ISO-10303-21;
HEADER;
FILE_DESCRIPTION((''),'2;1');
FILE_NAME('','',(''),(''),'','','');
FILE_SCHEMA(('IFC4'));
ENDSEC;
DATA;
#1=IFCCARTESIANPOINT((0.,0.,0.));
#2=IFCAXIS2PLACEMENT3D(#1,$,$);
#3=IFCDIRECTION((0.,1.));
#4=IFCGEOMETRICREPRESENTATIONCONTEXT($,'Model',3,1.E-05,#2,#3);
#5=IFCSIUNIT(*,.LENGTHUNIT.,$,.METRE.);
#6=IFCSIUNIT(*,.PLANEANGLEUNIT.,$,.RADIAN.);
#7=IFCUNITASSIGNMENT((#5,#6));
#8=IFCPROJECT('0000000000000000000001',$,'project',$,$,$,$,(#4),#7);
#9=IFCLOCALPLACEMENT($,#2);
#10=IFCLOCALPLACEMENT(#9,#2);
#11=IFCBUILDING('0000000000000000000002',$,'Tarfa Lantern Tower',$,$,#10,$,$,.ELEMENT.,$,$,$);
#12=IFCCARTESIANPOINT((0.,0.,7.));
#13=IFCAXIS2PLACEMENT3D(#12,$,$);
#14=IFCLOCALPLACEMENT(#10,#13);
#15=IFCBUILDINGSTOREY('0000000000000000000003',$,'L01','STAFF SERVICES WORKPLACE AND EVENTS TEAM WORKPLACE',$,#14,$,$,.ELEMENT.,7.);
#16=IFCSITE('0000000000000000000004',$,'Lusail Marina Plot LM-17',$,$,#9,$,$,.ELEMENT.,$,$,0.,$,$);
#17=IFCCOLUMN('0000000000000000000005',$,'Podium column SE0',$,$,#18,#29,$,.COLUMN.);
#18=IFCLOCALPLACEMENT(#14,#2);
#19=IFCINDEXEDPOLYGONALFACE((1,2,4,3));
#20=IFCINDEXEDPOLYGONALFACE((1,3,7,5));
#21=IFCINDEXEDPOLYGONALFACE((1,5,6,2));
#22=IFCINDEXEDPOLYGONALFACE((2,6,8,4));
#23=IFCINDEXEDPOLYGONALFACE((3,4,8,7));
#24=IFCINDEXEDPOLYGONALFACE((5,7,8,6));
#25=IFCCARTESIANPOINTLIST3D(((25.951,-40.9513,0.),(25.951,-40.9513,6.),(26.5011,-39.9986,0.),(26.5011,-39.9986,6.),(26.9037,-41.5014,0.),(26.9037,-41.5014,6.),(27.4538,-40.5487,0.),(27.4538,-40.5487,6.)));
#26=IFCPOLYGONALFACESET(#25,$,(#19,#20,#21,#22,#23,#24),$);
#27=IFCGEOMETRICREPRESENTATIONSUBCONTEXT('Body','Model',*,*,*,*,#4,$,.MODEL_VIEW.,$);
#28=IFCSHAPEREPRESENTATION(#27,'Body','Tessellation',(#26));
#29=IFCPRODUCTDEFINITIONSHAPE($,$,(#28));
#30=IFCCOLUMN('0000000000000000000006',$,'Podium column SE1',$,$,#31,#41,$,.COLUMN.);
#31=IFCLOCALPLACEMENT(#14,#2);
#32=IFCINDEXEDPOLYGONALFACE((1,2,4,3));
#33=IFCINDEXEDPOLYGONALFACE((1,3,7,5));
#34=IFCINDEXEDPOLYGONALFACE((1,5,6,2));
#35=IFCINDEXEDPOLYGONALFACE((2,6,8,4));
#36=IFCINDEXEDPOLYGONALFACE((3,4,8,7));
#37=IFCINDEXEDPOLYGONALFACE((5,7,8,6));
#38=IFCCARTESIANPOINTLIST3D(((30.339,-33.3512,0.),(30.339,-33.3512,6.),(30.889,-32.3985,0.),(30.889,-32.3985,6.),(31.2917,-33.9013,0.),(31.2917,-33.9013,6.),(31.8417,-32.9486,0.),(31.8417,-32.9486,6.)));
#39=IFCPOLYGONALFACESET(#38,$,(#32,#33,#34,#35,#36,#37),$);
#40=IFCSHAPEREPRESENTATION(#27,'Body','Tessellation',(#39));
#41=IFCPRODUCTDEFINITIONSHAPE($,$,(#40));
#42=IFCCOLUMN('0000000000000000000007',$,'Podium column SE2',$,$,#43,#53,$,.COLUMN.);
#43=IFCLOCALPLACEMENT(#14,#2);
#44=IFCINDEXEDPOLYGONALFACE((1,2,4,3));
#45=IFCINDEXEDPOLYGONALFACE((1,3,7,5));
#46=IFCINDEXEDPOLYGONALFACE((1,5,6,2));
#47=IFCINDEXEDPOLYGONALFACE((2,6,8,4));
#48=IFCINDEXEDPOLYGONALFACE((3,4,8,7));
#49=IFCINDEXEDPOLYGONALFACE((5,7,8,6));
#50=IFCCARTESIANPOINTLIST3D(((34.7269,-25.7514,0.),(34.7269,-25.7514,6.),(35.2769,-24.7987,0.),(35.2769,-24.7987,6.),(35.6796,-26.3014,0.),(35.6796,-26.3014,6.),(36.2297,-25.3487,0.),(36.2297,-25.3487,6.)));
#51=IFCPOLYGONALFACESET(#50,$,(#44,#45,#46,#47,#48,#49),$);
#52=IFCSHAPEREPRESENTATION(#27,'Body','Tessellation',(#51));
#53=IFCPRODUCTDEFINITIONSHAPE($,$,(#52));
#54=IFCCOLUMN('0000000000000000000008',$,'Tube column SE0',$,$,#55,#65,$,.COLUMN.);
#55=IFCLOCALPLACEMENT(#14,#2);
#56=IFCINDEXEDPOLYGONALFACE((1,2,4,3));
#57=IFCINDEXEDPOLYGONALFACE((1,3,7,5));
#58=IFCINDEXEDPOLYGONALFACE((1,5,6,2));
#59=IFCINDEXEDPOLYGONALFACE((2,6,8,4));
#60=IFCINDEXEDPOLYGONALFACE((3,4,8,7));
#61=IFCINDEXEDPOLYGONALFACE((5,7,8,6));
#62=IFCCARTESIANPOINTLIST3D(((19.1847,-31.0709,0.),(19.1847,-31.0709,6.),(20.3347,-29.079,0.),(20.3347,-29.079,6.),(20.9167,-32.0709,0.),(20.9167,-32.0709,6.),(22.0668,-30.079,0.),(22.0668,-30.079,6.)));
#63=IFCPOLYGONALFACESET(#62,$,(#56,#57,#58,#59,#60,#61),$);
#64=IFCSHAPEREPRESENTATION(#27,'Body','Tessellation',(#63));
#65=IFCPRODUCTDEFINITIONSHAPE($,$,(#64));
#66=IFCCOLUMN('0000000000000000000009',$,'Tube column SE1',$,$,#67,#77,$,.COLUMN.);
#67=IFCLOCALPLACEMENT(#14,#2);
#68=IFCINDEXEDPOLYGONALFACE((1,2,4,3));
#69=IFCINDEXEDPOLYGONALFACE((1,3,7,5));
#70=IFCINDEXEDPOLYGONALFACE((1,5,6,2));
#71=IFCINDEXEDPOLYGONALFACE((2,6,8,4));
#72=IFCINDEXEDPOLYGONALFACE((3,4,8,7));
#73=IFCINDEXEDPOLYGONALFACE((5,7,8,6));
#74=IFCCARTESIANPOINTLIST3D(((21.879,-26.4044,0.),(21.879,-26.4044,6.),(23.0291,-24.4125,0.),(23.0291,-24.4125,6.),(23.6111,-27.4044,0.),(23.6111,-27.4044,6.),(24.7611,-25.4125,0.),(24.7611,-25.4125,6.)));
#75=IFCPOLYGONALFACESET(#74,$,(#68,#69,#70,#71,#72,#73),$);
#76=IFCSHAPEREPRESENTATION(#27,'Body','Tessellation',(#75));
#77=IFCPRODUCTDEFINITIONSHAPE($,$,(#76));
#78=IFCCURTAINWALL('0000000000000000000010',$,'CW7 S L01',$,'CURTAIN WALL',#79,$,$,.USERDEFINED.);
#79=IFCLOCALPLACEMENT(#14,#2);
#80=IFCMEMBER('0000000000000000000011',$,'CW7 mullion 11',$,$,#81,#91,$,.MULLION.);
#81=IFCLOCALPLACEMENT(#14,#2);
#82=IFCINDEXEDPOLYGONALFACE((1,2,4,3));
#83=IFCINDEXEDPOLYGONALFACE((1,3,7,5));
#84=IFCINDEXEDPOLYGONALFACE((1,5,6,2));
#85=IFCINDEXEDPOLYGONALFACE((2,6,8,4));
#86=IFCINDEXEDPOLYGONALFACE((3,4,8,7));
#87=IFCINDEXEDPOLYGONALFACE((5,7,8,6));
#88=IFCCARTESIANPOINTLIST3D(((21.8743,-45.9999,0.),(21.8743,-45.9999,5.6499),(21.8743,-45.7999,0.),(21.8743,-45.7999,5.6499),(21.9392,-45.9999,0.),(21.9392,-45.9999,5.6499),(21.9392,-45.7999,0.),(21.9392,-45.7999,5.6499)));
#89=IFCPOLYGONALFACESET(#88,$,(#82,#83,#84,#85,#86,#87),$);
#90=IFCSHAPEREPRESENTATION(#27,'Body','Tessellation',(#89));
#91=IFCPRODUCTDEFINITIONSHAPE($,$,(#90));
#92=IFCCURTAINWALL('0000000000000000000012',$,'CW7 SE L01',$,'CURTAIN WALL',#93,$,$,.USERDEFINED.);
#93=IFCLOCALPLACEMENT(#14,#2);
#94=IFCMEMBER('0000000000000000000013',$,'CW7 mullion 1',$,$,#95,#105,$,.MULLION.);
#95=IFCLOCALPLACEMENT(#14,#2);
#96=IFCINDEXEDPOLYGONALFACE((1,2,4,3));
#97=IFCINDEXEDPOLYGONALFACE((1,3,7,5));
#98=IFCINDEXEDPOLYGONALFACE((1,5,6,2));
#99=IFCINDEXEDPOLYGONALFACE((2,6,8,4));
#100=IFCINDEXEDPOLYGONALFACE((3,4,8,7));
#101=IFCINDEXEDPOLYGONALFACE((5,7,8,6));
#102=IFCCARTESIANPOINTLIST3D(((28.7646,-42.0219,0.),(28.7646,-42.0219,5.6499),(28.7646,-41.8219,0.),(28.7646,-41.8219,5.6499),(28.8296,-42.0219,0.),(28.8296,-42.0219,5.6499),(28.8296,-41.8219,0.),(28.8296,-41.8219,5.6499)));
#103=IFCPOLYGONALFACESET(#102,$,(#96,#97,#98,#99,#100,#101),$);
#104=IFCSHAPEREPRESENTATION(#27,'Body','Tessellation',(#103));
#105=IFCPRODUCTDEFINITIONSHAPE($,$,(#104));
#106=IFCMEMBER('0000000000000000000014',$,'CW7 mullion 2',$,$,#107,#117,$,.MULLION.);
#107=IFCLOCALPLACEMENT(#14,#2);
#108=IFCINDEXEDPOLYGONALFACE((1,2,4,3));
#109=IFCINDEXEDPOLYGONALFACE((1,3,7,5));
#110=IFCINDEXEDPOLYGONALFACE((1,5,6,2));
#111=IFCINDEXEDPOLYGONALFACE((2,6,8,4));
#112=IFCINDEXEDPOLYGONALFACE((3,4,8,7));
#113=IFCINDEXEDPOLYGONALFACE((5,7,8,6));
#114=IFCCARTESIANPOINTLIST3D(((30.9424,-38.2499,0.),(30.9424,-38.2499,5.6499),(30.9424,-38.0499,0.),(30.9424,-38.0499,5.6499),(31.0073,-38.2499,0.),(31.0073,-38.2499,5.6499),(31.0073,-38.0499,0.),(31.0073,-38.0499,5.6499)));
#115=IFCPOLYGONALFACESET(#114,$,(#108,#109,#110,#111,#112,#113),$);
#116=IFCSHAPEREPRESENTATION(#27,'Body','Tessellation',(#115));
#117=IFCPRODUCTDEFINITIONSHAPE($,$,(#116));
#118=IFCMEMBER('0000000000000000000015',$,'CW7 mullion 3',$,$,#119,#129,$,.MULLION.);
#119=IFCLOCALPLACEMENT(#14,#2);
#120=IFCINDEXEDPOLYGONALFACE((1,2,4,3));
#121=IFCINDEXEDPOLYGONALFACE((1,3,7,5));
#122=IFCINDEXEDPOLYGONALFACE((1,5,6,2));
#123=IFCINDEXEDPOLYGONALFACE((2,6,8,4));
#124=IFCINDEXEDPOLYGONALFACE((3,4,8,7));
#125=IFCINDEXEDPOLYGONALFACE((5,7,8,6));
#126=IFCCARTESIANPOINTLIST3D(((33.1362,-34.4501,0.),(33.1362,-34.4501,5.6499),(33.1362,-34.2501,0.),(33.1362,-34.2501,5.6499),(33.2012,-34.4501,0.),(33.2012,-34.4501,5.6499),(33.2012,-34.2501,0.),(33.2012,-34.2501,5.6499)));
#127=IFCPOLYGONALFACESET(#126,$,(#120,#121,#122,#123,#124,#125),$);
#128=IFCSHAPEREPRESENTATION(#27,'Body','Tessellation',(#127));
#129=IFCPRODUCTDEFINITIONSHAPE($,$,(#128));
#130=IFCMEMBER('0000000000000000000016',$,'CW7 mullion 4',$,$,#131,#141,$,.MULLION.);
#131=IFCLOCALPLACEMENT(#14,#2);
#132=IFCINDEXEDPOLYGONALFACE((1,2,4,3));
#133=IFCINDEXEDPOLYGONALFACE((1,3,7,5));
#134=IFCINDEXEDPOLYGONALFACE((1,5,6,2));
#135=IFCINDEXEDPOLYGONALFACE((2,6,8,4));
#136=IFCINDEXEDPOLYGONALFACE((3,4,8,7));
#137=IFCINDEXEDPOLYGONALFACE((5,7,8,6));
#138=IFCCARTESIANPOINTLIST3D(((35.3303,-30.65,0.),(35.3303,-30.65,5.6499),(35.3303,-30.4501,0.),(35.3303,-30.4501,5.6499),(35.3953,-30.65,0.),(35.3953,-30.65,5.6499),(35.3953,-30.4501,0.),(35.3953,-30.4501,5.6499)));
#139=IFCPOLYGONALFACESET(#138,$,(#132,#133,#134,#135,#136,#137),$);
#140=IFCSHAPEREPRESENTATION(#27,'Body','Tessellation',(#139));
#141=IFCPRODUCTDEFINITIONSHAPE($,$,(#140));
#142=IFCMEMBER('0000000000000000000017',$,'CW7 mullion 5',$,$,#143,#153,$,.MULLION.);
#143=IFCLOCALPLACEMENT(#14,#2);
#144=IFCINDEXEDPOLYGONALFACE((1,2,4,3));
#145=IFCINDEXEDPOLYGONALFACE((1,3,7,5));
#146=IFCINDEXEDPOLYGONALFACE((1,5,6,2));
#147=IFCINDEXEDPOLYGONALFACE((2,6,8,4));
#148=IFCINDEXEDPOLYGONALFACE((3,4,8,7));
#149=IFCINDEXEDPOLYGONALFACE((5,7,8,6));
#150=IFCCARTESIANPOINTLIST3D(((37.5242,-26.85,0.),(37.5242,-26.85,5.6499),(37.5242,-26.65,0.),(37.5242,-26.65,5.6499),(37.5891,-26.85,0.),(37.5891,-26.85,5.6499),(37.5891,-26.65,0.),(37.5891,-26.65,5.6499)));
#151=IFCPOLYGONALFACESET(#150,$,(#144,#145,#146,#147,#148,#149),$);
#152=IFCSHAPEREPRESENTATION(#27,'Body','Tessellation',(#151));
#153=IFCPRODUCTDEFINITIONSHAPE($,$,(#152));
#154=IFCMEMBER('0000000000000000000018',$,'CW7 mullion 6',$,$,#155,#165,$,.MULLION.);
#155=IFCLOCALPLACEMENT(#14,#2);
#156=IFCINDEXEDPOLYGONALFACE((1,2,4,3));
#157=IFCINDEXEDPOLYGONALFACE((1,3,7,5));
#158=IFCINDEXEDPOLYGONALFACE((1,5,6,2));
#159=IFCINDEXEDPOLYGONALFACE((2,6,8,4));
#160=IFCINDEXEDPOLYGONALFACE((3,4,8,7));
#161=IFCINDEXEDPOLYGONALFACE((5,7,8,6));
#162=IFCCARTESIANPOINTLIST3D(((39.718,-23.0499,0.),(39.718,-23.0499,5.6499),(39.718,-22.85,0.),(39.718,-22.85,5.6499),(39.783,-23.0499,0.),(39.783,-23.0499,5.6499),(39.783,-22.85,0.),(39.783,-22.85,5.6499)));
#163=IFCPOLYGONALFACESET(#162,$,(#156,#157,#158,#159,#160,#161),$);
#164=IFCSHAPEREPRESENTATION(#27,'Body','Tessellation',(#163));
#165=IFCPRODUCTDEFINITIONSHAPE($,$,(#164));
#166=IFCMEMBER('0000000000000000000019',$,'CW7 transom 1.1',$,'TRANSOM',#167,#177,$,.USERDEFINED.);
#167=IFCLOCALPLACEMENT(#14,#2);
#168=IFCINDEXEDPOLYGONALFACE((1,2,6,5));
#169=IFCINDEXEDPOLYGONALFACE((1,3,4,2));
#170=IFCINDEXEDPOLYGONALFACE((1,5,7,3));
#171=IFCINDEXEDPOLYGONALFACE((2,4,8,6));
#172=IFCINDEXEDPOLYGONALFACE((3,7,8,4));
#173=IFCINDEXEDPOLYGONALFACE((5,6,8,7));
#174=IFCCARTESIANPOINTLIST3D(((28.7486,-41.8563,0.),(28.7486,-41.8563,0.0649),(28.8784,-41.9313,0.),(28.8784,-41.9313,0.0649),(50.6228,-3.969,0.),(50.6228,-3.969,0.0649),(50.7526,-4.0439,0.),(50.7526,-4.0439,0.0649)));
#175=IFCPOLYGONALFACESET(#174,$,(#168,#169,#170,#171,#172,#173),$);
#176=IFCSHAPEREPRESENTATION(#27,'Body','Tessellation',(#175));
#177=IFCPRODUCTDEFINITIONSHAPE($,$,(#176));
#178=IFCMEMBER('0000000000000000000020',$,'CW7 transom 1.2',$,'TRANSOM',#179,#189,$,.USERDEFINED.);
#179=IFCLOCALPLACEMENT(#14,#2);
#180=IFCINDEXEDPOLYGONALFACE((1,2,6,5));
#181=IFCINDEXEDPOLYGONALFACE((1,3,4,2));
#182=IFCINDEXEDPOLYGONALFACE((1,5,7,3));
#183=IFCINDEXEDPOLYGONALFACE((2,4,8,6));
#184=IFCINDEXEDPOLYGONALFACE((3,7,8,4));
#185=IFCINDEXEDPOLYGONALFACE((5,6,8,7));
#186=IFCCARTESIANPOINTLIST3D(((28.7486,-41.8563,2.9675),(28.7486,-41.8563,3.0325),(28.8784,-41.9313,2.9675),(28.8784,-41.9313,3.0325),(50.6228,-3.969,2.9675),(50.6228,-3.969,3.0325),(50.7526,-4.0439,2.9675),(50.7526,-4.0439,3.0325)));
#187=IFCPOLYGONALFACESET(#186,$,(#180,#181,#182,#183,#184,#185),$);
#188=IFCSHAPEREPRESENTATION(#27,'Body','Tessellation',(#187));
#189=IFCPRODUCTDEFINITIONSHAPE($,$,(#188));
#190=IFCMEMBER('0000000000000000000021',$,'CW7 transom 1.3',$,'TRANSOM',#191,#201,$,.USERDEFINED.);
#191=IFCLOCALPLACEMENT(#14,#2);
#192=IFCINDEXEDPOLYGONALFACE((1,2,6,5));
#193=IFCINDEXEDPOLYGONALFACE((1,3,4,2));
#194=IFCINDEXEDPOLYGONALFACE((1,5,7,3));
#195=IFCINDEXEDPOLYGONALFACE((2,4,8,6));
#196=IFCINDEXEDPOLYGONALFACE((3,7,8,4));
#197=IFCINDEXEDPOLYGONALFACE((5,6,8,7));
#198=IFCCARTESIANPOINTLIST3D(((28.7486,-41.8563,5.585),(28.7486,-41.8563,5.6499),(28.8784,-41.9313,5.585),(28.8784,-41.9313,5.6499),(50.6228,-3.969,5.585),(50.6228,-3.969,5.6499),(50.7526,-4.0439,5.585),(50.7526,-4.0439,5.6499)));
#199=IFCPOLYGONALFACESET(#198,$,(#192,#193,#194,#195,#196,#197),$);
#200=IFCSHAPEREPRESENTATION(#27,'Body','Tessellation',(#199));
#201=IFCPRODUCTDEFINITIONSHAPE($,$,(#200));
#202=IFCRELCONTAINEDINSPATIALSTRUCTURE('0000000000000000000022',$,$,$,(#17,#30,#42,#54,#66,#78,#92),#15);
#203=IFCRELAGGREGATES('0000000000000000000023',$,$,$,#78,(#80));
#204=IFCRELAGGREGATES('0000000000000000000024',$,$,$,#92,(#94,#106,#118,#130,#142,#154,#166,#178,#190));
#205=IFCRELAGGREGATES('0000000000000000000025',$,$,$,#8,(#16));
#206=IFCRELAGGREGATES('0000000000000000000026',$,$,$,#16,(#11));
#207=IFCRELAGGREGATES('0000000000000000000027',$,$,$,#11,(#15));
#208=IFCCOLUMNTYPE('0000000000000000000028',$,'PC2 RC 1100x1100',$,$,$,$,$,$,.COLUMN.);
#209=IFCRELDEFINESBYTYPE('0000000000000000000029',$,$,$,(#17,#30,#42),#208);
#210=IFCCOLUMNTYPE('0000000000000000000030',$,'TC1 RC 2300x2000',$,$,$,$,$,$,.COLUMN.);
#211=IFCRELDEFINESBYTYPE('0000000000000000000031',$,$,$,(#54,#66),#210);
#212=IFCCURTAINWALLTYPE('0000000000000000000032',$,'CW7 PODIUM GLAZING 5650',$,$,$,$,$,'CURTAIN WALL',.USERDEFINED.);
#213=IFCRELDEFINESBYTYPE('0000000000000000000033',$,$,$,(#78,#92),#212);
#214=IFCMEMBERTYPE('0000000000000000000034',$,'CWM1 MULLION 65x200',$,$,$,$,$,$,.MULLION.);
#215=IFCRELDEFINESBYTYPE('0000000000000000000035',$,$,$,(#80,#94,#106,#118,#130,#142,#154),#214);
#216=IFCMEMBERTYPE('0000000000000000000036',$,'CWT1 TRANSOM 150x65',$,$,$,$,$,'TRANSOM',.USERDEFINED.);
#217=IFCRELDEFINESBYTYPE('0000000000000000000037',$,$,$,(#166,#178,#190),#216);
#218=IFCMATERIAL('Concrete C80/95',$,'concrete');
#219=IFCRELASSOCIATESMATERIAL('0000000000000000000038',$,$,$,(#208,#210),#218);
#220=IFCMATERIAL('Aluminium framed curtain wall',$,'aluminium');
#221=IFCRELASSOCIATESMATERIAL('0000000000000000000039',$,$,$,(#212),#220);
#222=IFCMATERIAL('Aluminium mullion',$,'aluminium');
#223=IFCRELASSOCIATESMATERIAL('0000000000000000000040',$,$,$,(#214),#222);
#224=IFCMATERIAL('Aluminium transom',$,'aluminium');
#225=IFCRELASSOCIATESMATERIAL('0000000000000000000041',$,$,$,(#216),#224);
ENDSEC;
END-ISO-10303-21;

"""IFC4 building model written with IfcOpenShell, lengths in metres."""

from ifc_helpers import new_model, si_unit, direction, frame, origin, origin_2d, place, context, subcontext, project, spatial, rectangle, extrude, material, material_profile, profile_set, type_object, element, aggregate, save


model = new_model("IFC4")

# Units and contexts
model_context = context("Model", 3, precision=1e-05, world=origin(), true_north=direction((0.0, 1.0)))
body_context = subcontext(model_context, "Body", "Model", "MODEL_VIEW")
ifc_project = project(units=[si_unit("LENGTHUNIT", "METRE"), si_unit("PLANEANGLEUNIT", "RADIAN")], contexts=[model_context])

# Site, building, storey
site_placement = place(None, origin())
site = spatial("IfcSite", under=ifc_project, at=site_placement, Name="Lusail Marina Plot LM-17", CompositionType="ELEMENT", RefElevation=0.0)
building_placement = place(site_placement, origin())
building = spatial("IfcBuilding", under=site, at=building_placement, Name="Tarfa Lantern Tower", CompositionType="ELEMENT")
storey_placement = place(building_placement, frame((0.0, 0.0, 7.0)))
storey = spatial("IfcBuildingStorey", under=building, at=storey_placement, Name="L01", Description="STAFF SERVICES WORKPLACE AND EVENTS TEAM WORKPLACE", CompositionType="ELEMENT", Elevation=7.0)

# Columns
ifc_material_1 = material(Name="Concrete C80/95", Category="concrete")
ifc_material_profile_1 = material_profile(ifc_material_1, rectangle(XDim=1.1001, YDim=1.1001, at=origin_2d()), Name="RC 1100x1100")
ifc_profile_set_1 = profile_set([ifc_material_profile_1], Name="Concrete C80/95")
column_type_1 = type_object("IfcColumnType", Name="PC2 RC 1100x1100", PredefinedType="COLUMN", material=ifc_profile_set_1)
for number, where, z_axis, x_axis, name in (
    (1, (26.7024, -40.75, 0.0), (0.0, 0.0, 1.0), (0.5, 0.866025, 0.0), "Podium column SE0"),
    (2, (31.0903, -33.1499, 0.0), (0.0, 0.0, 1.0), (0.5, 0.866025, 0.0), "Podium column SE1"),
    (3, (35.4783, -25.55, 0.0), (0.0, 0.0, 1.0), (0.5, 0.866025, 0.0), "Podium column SE2"),
):
    element("IfcColumn", number, at=place(storey_placement, frame(where, z_axis=z_axis, x_axis=x_axis)), inside=storey, type_object=column_type_1, Name=name, PredefinedType="COLUMN", context=body_context, shape_type="SweptSolid", body=[
        extrude(rectangle(XDim=1.1001, YDim=1.1001, at=origin_2d()), origin(), (0.0, 0.0, 1.0), 6.0),
    ])
ifc_material_profile_2 = material_profile(ifc_material_1, rectangle(XDim=2.3, YDim=2.0, at=origin_2d()), Name="RC 2300x2000")
ifc_profile_set_2 = profile_set([ifc_material_profile_2], Name="Concrete C80/95")
column_type_2 = type_object("IfcColumnType", Name="TC1 RC 2300x2000", PredefinedType="COLUMN", material=ifc_profile_set_2)
for number, where, z_axis, x_axis, name in (
    (4, (20.6257, -30.575, 0.0), (0.0, 0.0, 1.0), (0.5, 0.866025, 0.0), "Tube column SE0"),
    (5, (23.3201, -25.9084, 0.0), (0.0, 0.0, 1.0), (0.5, 0.866025, 0.0), "Tube column SE1"),
):
    element("IfcColumn", number, at=place(storey_placement, frame(where, z_axis=z_axis, x_axis=x_axis)), inside=storey, type_object=column_type_2, Name=name, PredefinedType="COLUMN", context=body_context, shape_type="SweptSolid", body=[
        extrude(rectangle(XDim=2.3, YDim=2.0, at=origin_2d()), origin(), (0.0, 0.0, 1.0), 6.0),
    ])

# Curtain wall, member
ifc_material_2 = material(Name="Aluminium framed curtain wall", Category="aluminium")
curtain_wall_type = type_object("IfcCurtainWallType", Name="CW7 PODIUM GLAZING 5650", ElementType="CURTAIN WALL", PredefinedType="USERDEFINED", material=ifc_material_2)
curtain_wall_1_placement = place(storey_placement, origin())
curtain_wall_1 = element("IfcCurtainWall", 6, at=curtain_wall_1_placement, inside=storey, type_object=curtain_wall_type, Name="CW7 S L01", ObjectType="CURTAIN WALL", PredefinedType="USERDEFINED")
ifc_material_3 = material(Name="Aluminium mullion", Category="aluminium")
ifc_material_profile_3 = material_profile(ifc_material_3, rectangle(XDim=0.0649, YDim=0.2, at=origin_2d()), Name="AL MULLION 65x200")
ifc_profile_set_3 = profile_set([ifc_material_profile_3], Name="Aluminium mullion")
member_type_1 = type_object("IfcMemberType", Name="CWM1 MULLION 65x200", PredefinedType="MULLION", material=ifc_profile_set_3)
member_1_placement = place(storey_placement, frame((21.9067, -45.8999, 0.0), z_axis=(0.0, 0.0, 1.0), x_axis=(1.0, 0.0, 0.0)))
member_1 = element("IfcMember", 7, at=member_1_placement, type_object=member_type_1, Name="CW7 mullion 11", PredefinedType="MULLION", context=body_context, shape_type="SweptSolid", body=[
    extrude(rectangle(XDim=0.0649, YDim=0.2, at=origin_2d()), origin(), (0.0, 0.0, 1.0), 5.6499),
])
aggregate(curtain_wall_1, [member_1])

# Curtain wall, members
curtain_wall_2_placement = place(storey_placement, origin())
curtain_wall_2 = element("IfcCurtainWall", 8, at=curtain_wall_2_placement, inside=storey, type_object=curtain_wall_type, Name="CW7 SE L01", ObjectType="CURTAIN WALL", PredefinedType="USERDEFINED")
member_2_placement = place(storey_placement, frame((28.7971, -41.9219, 0.0), z_axis=(0.0, 0.0, 1.0), x_axis=(1.0, 0.0, 0.0)))
member_2 = element("IfcMember", 9, at=member_2_placement, type_object=member_type_1, Name="CW7 mullion 1", PredefinedType="MULLION", context=body_context, shape_type="SweptSolid", body=[
    extrude(rectangle(XDim=0.0649, YDim=0.2, at=origin_2d()), origin(), (0.0, 0.0, 1.0), 5.6499),
])
member_3_placement = place(storey_placement, frame((30.9749, -38.1499, 0.0), z_axis=(0.0, 0.0, 1.0), x_axis=(1.0, 0.0, 0.0)))
member_3 = element("IfcMember", 10, at=member_3_placement, type_object=member_type_1, Name="CW7 mullion 2", PredefinedType="MULLION", context=body_context, shape_type="SweptSolid", body=[
    extrude(rectangle(XDim=0.0649, YDim=0.2, at=origin_2d()), origin(), (0.0, 0.0, 1.0), 5.6499),
])
member_4_placement = place(storey_placement, frame((33.1687, -34.3501, 0.0), z_axis=(0.0, 0.0, 1.0), x_axis=(1.0, 0.0, 0.0)))
member_4 = element("IfcMember", 11, at=member_4_placement, type_object=member_type_1, Name="CW7 mullion 3", PredefinedType="MULLION", context=body_context, shape_type="SweptSolid", body=[
    extrude(rectangle(XDim=0.0649, YDim=0.2, at=origin_2d()), origin(), (0.0, 0.0, 1.0), 5.6499),
])
member_5_placement = place(storey_placement, frame((35.3628, -30.55, 0.0), z_axis=(0.0, 0.0, 1.0), x_axis=(1.0, 0.0, 0.0)))
member_5 = element("IfcMember", 12, at=member_5_placement, type_object=member_type_1, Name="CW7 mullion 4", PredefinedType="MULLION", context=body_context, shape_type="SweptSolid", body=[
    extrude(rectangle(XDim=0.0649, YDim=0.2, at=origin_2d()), origin(), (0.0, 0.0, 1.0), 5.6499),
])
member_6_placement = place(storey_placement, frame((37.5566, -26.75, 0.0), z_axis=(0.0, 0.0, 1.0), x_axis=(1.0, 0.0, 0.0)))
member_6 = element("IfcMember", 13, at=member_6_placement, type_object=member_type_1, Name="CW7 mullion 5", PredefinedType="MULLION", context=body_context, shape_type="SweptSolid", body=[
    extrude(rectangle(XDim=0.0649, YDim=0.2, at=origin_2d()), origin(), (0.0, 0.0, 1.0), 5.6499),
])
member_7_placement = place(storey_placement, frame((39.7505, -22.95, 0.0), z_axis=(0.0, 0.0, 1.0), x_axis=(1.0, 0.0, 0.0)))
member_7 = element("IfcMember", 14, at=member_7_placement, type_object=member_type_1, Name="CW7 mullion 6", PredefinedType="MULLION", context=body_context, shape_type="SweptSolid", body=[
    extrude(rectangle(XDim=0.0649, YDim=0.2, at=origin_2d()), origin(), (0.0, 0.0, 1.0), 5.6499),
])
ifc_material_4 = material(Name="Aluminium transom", Category="aluminium")
ifc_material_profile_4 = material_profile(ifc_material_4, rectangle(XDim=0.1499, YDim=0.0649, at=origin_2d()), Name="AL TRANSOM 150x65")
ifc_profile_set_4 = profile_set([ifc_material_profile_4], Name="Aluminium transom")
member_type_2 = type_object("IfcMemberType", Name="CWT1 TRANSOM 150x65", ElementType="TRANSOM", PredefinedType="USERDEFINED", material=ifc_profile_set_4)
member_8_placement = place(storey_placement, frame((28.8135, -41.8938, 0.0325), z_axis=(0.499999, 0.866026, 0.0), x_axis=(-0.866026, 0.499999, 0.0)))
member_8 = element("IfcMember", 15, at=member_8_placement, type_object=member_type_2, Name="CW7 transom 1.1", ObjectType="TRANSOM", PredefinedType="USERDEFINED", context=body_context, shape_type="SweptSolid", body=[
    extrude(rectangle(XDim=0.1499, YDim=0.0649, at=origin_2d()), origin(), (0.0, 0.0, 1.0), 43.7485),
])
member_9_placement = place(storey_placement, frame((28.8135, -41.8938, 3.0), z_axis=(0.499999, 0.866026, 0.0), x_axis=(-0.866026, 0.499999, 0.0)))
member_9 = element("IfcMember", 16, at=member_9_placement, type_object=member_type_2, Name="CW7 transom 1.2", ObjectType="TRANSOM", PredefinedType="USERDEFINED", context=body_context, shape_type="SweptSolid", body=[
    extrude(rectangle(XDim=0.1499, YDim=0.0649, at=origin_2d()), origin(), (0.0, 0.0, 1.0), 43.7485),
])
member_10_placement = place(storey_placement, frame((28.8135, -41.8938, 5.6174), z_axis=(0.499999, 0.866026, 0.0), x_axis=(-0.866026, 0.499999, 0.0)))
member_10 = element("IfcMember", 17, at=member_10_placement, type_object=member_type_2, Name="CW7 transom 1.3", ObjectType="TRANSOM", PredefinedType="USERDEFINED", context=body_context, shape_type="SweptSolid", body=[
    extrude(rectangle(XDim=0.1499, YDim=0.0649, at=origin_2d()), origin(), (0.0, 0.0, 1.0), 43.7485),
])

aggregate(curtain_wall_2, [member_2, member_3, member_4, member_5, member_6, member_7, member_8, member_9, member_10])

save(model, "model.ifc")
